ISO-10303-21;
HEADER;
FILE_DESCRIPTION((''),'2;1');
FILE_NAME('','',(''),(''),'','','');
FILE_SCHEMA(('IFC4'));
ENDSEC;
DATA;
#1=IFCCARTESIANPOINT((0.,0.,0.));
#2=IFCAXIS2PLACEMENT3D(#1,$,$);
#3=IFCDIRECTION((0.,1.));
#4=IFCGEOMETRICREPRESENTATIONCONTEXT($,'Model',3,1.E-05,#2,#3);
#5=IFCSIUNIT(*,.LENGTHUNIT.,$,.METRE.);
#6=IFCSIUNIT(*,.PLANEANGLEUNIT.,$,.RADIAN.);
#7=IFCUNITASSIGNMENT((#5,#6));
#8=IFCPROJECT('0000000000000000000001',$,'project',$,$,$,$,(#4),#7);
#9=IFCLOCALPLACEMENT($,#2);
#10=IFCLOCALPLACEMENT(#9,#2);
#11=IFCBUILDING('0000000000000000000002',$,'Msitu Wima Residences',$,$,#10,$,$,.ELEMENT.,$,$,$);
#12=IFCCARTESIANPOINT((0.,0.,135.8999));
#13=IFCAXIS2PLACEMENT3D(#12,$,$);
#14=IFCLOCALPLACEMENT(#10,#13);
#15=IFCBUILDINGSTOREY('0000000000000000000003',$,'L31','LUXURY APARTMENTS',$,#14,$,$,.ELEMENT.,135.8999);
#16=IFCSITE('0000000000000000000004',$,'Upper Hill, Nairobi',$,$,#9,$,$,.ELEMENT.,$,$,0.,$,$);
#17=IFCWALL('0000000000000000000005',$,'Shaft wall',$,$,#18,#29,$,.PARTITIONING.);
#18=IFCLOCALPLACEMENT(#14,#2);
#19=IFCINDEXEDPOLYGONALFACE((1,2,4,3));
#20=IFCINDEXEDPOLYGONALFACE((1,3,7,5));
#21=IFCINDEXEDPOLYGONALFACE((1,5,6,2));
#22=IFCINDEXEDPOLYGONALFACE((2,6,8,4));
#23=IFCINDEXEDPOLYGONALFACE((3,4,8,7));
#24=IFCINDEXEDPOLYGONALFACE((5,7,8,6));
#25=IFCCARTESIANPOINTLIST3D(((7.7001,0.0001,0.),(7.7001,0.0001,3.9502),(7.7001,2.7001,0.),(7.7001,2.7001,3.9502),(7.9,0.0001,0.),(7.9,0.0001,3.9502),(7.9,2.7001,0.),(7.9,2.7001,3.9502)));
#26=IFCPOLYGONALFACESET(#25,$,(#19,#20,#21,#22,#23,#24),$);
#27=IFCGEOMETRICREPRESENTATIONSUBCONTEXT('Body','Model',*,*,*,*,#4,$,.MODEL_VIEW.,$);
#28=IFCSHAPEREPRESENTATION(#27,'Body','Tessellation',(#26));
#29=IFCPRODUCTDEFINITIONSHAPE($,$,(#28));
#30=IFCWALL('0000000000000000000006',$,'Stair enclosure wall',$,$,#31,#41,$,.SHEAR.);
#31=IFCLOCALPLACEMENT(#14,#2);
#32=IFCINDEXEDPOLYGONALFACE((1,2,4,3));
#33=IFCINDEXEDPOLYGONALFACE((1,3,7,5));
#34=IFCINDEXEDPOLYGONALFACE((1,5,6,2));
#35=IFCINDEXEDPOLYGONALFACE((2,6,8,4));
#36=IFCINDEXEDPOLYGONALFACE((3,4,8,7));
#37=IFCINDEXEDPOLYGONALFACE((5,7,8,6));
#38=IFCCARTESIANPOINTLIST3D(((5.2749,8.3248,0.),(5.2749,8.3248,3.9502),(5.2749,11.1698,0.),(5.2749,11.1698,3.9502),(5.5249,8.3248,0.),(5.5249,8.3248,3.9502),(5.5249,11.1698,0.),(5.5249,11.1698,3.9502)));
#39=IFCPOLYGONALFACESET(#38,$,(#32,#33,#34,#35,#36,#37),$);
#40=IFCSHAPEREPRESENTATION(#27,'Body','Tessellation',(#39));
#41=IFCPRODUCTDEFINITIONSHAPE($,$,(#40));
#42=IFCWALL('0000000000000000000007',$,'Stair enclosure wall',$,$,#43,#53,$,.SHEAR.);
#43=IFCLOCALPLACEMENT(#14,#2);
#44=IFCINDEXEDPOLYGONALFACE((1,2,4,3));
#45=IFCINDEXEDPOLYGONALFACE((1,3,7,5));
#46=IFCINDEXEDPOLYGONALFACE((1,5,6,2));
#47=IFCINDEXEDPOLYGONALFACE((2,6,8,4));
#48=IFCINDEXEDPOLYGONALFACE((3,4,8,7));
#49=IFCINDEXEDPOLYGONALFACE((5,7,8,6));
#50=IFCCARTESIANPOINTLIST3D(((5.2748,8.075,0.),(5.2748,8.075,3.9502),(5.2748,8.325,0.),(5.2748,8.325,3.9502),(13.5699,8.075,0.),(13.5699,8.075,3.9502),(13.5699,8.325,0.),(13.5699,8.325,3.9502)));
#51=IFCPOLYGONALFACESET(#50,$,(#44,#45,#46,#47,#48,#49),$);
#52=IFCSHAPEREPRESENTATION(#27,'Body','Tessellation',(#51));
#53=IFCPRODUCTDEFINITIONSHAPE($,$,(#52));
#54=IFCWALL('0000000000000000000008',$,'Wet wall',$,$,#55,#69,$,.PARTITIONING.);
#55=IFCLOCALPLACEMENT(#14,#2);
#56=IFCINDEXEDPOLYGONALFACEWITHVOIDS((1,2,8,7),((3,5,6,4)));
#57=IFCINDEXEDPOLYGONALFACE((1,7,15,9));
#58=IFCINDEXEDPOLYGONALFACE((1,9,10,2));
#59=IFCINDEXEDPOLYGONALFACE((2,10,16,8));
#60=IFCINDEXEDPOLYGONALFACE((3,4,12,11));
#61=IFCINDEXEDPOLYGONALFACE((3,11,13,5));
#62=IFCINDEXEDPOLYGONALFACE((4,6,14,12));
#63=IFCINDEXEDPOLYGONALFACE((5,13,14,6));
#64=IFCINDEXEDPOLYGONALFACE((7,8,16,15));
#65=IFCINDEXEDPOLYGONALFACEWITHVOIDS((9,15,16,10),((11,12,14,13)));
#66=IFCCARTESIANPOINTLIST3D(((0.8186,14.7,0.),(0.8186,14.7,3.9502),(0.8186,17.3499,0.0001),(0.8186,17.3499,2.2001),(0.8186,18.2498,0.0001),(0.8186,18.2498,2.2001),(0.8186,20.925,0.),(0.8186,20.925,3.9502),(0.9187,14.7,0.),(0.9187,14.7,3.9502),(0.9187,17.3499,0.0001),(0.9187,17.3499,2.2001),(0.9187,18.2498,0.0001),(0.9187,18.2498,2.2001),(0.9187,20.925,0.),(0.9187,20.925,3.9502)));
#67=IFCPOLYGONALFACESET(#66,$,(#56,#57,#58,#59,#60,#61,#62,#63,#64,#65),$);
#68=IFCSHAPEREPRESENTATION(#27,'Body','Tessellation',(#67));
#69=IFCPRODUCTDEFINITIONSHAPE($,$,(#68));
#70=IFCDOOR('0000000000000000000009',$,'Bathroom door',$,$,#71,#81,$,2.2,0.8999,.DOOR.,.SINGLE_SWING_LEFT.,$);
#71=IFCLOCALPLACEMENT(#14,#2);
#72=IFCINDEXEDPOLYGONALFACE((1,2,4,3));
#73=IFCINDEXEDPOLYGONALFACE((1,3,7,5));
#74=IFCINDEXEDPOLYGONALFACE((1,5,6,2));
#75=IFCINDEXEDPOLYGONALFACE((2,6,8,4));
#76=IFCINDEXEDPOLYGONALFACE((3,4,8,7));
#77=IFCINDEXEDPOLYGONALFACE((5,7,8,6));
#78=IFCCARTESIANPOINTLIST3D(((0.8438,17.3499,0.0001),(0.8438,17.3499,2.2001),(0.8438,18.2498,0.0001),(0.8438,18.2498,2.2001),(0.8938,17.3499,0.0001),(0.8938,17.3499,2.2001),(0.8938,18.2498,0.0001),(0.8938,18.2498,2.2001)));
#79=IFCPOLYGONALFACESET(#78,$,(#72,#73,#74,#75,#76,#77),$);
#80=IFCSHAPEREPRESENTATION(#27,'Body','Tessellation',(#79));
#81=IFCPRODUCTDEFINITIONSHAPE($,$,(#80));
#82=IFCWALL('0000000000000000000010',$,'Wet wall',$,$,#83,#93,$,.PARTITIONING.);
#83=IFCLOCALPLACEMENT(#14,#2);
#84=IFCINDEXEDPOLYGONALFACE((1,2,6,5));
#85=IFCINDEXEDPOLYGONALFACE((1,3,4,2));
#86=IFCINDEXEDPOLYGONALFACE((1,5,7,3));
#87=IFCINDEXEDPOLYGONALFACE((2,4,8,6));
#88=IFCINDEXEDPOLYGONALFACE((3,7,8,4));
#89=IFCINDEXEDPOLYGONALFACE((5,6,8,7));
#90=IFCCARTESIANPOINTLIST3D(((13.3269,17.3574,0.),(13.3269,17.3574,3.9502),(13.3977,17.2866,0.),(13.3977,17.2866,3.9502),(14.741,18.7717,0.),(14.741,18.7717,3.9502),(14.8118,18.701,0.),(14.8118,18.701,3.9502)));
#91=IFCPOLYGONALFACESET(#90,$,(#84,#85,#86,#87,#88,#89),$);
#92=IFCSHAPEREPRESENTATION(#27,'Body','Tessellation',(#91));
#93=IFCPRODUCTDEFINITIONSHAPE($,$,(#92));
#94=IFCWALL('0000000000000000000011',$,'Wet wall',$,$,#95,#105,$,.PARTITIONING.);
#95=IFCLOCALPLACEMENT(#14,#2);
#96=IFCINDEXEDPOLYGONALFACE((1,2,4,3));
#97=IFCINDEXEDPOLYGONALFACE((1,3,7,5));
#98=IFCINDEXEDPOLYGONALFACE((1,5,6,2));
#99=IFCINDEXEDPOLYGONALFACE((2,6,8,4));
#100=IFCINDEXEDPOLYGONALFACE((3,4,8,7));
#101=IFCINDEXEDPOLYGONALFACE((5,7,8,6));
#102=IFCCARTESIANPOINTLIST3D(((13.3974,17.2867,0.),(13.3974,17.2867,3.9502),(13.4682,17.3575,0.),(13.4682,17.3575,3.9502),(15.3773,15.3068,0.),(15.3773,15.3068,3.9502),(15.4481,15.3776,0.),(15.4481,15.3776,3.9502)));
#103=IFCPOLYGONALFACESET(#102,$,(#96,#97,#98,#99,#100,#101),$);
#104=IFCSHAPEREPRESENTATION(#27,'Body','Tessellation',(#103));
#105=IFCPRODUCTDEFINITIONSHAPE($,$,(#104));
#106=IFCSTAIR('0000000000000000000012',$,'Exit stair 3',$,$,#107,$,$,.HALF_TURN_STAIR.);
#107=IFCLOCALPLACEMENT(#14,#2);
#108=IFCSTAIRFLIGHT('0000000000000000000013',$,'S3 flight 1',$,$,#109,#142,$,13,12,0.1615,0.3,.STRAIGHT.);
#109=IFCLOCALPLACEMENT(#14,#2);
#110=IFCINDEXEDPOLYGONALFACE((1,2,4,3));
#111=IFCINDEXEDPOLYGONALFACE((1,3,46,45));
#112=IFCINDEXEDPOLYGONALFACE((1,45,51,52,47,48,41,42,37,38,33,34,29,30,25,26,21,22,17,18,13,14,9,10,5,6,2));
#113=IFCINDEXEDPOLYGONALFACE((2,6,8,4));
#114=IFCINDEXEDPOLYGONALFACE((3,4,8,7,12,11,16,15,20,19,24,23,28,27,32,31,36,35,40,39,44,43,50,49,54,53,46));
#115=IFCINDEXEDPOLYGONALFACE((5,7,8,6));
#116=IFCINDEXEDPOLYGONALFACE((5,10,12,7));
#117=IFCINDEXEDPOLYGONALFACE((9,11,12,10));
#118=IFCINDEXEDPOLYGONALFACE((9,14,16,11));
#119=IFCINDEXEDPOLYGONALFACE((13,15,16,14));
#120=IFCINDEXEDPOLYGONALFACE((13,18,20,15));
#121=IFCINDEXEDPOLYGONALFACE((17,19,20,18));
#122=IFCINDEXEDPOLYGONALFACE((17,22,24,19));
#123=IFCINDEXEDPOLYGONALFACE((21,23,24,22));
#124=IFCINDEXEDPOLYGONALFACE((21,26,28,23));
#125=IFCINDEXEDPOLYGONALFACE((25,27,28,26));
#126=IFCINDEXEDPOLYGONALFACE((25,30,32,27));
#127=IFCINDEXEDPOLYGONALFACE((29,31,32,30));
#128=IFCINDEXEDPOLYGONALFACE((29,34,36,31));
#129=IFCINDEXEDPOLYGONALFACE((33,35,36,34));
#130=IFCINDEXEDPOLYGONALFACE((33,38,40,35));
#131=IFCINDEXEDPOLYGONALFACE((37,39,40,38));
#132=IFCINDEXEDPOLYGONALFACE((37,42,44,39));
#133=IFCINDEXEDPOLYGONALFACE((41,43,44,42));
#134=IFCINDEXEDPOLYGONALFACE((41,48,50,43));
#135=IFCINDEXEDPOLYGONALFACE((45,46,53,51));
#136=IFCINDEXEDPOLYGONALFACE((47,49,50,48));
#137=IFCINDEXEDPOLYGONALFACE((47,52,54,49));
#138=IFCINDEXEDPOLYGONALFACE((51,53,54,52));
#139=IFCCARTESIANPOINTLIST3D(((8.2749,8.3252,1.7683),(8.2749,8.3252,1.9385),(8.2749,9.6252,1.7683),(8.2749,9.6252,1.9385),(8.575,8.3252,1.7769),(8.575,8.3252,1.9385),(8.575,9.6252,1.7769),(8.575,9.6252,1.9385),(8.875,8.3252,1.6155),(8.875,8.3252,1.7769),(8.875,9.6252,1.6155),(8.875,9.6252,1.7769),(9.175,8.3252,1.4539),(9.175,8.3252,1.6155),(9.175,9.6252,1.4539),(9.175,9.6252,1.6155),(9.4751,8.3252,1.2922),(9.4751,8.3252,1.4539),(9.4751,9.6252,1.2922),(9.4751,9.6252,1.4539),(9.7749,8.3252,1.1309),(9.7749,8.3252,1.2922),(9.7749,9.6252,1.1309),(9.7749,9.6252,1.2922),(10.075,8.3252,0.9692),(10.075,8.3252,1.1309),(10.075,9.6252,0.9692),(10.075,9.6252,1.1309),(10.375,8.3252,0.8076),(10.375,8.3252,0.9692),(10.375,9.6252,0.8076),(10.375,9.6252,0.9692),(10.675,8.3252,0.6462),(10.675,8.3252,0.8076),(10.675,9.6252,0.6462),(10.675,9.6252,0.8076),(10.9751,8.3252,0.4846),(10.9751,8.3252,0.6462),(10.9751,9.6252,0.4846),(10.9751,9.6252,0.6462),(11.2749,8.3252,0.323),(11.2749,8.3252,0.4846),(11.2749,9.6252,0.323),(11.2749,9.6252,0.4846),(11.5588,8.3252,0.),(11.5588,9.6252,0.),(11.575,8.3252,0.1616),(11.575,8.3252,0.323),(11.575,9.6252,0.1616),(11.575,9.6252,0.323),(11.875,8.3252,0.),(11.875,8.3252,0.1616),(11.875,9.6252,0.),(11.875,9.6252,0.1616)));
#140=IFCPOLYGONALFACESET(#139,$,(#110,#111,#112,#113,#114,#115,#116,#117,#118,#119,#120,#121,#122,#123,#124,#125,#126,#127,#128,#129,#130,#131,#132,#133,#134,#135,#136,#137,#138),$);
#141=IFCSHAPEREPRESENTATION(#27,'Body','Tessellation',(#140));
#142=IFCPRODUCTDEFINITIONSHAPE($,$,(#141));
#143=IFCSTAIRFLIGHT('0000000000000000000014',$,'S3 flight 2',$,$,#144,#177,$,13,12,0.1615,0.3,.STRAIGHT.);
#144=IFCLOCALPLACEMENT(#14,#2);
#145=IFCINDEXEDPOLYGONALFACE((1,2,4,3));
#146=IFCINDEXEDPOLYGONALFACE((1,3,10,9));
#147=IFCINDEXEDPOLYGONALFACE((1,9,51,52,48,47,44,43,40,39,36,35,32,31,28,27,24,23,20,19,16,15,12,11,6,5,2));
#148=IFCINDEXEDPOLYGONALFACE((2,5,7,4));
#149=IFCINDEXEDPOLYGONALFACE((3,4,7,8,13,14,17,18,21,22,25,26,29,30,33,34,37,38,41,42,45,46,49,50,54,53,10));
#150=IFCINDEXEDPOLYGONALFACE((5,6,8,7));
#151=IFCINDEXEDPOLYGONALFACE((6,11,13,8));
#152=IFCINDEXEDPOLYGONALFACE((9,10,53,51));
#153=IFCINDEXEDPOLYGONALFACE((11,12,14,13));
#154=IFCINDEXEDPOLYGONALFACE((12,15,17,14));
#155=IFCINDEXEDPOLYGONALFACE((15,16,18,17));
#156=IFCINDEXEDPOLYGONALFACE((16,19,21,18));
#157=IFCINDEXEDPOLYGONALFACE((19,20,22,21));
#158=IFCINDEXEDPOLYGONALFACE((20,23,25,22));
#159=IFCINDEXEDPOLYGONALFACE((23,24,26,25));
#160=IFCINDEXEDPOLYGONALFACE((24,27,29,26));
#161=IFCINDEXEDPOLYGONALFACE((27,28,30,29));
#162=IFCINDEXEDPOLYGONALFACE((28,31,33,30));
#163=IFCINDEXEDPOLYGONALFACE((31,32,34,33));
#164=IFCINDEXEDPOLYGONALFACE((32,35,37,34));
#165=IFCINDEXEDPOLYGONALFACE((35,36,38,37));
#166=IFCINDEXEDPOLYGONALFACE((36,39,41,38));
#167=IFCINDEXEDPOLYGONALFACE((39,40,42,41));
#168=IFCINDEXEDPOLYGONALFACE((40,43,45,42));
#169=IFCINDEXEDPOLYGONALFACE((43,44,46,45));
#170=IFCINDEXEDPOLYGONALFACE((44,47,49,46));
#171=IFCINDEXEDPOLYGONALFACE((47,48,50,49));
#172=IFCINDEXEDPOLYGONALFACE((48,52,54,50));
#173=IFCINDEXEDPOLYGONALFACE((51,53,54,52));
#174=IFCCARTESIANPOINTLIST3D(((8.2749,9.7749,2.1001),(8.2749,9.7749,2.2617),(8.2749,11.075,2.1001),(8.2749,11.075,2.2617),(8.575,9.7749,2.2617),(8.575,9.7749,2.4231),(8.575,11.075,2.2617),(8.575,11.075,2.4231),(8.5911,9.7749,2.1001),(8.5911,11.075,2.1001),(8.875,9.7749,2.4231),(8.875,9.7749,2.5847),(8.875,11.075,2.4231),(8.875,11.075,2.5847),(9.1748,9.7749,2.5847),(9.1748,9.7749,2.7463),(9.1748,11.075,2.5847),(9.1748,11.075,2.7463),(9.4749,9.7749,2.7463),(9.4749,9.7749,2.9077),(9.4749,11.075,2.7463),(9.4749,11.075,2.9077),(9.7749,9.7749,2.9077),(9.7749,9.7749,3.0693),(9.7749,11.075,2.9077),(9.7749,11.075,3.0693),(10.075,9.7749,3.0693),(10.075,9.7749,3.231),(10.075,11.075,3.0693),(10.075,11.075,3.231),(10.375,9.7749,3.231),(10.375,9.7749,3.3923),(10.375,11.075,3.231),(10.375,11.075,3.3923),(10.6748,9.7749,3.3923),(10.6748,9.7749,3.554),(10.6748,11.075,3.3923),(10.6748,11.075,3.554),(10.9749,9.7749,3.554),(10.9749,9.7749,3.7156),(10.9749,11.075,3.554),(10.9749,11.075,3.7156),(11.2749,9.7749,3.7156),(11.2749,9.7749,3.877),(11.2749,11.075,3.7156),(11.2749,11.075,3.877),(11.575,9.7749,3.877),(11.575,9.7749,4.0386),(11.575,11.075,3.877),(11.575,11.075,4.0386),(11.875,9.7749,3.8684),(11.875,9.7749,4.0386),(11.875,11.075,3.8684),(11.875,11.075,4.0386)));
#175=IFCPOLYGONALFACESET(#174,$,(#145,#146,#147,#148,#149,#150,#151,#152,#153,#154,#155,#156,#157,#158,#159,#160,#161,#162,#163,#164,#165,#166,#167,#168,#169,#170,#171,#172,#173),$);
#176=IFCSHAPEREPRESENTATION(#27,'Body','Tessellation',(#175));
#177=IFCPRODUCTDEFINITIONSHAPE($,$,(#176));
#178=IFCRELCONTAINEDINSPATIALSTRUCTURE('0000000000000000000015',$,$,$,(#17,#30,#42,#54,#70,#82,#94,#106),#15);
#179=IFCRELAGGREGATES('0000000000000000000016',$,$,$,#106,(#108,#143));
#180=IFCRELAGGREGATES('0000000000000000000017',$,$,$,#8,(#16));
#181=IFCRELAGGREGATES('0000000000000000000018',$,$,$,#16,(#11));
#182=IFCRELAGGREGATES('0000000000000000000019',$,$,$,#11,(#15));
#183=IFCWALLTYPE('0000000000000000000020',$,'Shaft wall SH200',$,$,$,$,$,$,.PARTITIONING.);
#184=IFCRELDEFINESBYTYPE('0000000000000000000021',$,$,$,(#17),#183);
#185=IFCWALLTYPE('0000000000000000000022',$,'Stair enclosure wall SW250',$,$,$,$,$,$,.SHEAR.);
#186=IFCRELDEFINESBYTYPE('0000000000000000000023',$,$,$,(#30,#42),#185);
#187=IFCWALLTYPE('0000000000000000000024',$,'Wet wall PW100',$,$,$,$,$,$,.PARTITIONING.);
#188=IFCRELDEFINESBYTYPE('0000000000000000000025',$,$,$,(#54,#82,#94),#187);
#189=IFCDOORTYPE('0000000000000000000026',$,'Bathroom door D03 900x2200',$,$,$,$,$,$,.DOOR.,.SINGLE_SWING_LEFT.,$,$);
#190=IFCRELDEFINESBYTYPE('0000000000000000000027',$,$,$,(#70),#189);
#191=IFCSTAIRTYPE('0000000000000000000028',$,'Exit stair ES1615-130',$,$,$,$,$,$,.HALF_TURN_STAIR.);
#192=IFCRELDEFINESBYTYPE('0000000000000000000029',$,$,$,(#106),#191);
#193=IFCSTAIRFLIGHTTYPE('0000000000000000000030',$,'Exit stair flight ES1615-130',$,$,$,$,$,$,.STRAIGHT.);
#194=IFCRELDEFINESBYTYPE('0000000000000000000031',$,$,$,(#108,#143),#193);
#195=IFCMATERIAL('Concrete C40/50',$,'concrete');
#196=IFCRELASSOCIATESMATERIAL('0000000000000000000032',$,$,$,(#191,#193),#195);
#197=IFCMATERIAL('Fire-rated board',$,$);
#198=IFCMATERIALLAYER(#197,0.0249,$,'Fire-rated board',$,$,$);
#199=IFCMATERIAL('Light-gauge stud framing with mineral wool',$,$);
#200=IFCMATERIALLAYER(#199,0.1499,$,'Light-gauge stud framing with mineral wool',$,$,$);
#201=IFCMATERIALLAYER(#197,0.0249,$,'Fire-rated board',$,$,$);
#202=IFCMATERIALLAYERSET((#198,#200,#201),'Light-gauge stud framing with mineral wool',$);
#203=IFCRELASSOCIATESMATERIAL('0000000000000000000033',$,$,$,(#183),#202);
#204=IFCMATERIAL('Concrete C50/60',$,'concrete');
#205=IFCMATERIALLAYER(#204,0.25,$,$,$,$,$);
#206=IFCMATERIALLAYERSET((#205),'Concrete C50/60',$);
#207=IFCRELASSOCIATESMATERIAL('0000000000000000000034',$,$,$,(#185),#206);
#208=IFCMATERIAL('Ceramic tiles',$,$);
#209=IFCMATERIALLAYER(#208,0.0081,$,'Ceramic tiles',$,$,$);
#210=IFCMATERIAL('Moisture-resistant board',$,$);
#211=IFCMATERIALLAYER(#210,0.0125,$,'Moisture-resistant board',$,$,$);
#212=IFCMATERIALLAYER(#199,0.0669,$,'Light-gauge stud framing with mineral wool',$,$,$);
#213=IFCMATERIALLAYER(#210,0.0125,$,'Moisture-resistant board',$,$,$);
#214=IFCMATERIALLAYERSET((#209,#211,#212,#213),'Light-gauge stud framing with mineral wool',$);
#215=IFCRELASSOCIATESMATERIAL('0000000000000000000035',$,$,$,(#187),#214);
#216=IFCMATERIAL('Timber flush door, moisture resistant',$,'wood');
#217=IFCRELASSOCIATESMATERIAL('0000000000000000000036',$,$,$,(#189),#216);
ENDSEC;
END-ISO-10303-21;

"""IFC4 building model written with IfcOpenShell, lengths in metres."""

from ifc_helpers import new_model, si_unit, direction, frame, frame_2d, origin, place, context, subcontext, project, spatial, polyline, rectangle, outline, extrude, material, layer, layer_set, type_object, element, fill, aggregate, save


model = new_model("IFC4")

# Units and contexts
model_context = context("Model", 3, precision=1e-05, world=origin(), true_north=direction((0.0, 1.0)))
body_context = subcontext(model_context, "Body", "Model", "MODEL_VIEW")
ifc_project = project(units=[si_unit("LENGTHUNIT", "METRE"), si_unit("PLANEANGLEUNIT", "RADIAN")], contexts=[model_context])

# Site, building, storey
site_placement = place(None, origin())
site = spatial("IfcSite", under=ifc_project, at=site_placement, Name="Upper Hill, Nairobi", CompositionType="ELEMENT", RefElevation=0.0)
building_placement = place(site_placement, origin())
building = spatial("IfcBuilding", under=site, at=building_placement, Name="Msitu Wima Residences", CompositionType="ELEMENT")
storey_placement = place(building_placement, frame((0.0, 0.0, 135.8999)))
storey = spatial("IfcBuildingStorey", under=building, at=storey_placement, Name="L31", Description="LUXURY APARTMENTS", CompositionType="ELEMENT", Elevation=135.8999)

# Shared definitions
ifc_material_1 = material(Name="Concrete C40/50", Category="concrete")

# Shared definitions
stair_type = type_object("IfcStairType", Name="Exit stair ES1615-130", PredefinedType="HALF_TURN_STAIR", material=ifc_material_1)

# Walls
ifc_material_2 = material(Name="Fire-rated board")
ifc_layer_1 = layer(ifc_material_2, 0.0249, Name="Fire-rated board")
ifc_material_3 = material(Name="Light-gauge stud framing with mineral wool")
ifc_layer_2 = layer(ifc_material_3, 0.1499, Name="Light-gauge stud framing with mineral wool")
ifc_layer_3 = layer(ifc_material_2, 0.0249, Name="Fire-rated board")
ifc_layer_set_1 = layer_set([ifc_layer_1, ifc_layer_2, ifc_layer_3], Name="Light-gauge stud framing with mineral wool")
wall_type_1 = type_object("IfcWallType", Name="Shaft wall SH200", PredefinedType="PARTITIONING", material=ifc_layer_set_1)
wall_1_placement = place(storey_placement, frame((7.8, 0.0, 0.0), z_axis=(0.0, 0.0, 1.0), x_axis=(0.0, 1.0, 0.0)))
element("IfcWall", 1, at=wall_1_placement, inside=storey, type_object=wall_type_1, Name="Shaft wall", PredefinedType="PARTITIONING", context=body_context, shape_type="SweptSolid", body=[
    extrude(rectangle(XDim=2.7, YDim=0.2, at=frame_2d((1.3501, 0.0))), origin(), (0.0, 0.0, 1.0), 3.9502),
])
ifc_material_4 = material(Name="Concrete C50/60", Category="concrete")
ifc_layer_4 = layer(ifc_material_4, 0.25)
ifc_layer_set_2 = layer_set([ifc_layer_4], Name="Concrete C50/60")
wall_type_2 = type_object("IfcWallType", Name="Stair enclosure wall SW250", PredefinedType="SHEAR", material=ifc_layer_set_2)
wall_2_placement = place(storey_placement, frame((5.3999, 8.325, 0.0), z_axis=(0.0, 0.0, 1.0), x_axis=(0.0, 1.0, 0.0)))
element("IfcWall", 2, at=wall_2_placement, inside=storey, type_object=wall_type_2, Name="Stair enclosure wall", PredefinedType="SHEAR", context=body_context, shape_type="SweptSolid", body=[
    extrude(rectangle(XDim=2.845, YDim=0.25, at=frame_2d((1.4224, 0.0))), origin(), (0.0, 0.0, 1.0), 3.9502),
])
wall_3_placement = place(storey_placement, frame((5.2749, 8.2, 0.0), z_axis=(0.0, 0.0, 1.0), x_axis=(1.0, 0.0, 0.0)))
element("IfcWall", 3, at=wall_3_placement, inside=storey, type_object=wall_type_2, Name="Stair enclosure wall", PredefinedType="SHEAR", context=body_context, shape_type="SweptSolid", body=[
    extrude(rectangle(XDim=8.2952, YDim=0.25, at=frame_2d((4.1475, 0.0))), origin(), (0.0, 0.0, 1.0), 3.9502),
])

# Wall, opening, door
ifc_material_5 = material(Name="Ceramic tiles")
ifc_layer_5 = layer(ifc_material_5, 0.0081, Name="Ceramic tiles")
ifc_material_6 = material(Name="Moisture-resistant board")
ifc_layer_6 = layer(ifc_material_6, 0.0125, Name="Moisture-resistant board")
ifc_layer_7 = layer(ifc_material_3, 0.0669, Name="Light-gauge stud framing with mineral wool")
ifc_layer_8 = layer(ifc_material_6, 0.0125, Name="Moisture-resistant board")
ifc_layer_set_3 = layer_set([ifc_layer_5, ifc_layer_6, ifc_layer_7, ifc_layer_8], Name="Light-gauge stud framing with mineral wool")
wall_type_3 = type_object("IfcWallType", Name="Wet wall PW100", PredefinedType="PARTITIONING", material=ifc_layer_set_3)
wall_4_placement = place(storey_placement, frame((0.8687, 14.7, 0.0), z_axis=(0.0, 0.0, 1.0), x_axis=(0.0, 1.0, 0.0)))
wall_4 = element("IfcWall", 4, at=wall_4_placement, inside=storey, type_object=wall_type_3, Name="Wet wall", PredefinedType="PARTITIONING", context=body_context, shape_type="SweptSolid", body=[
    extrude(rectangle(XDim=6.2251, YDim=0.1001, at=frame_2d((3.1125, 0.0))), origin(), (0.0, 0.0, 1.0), 3.9502),
])
opening_1_placement = place(wall_4_placement, frame((2.6499, 0.0, 0.0)))
opening_1 = element("IfcOpeningElement", 5, at=opening_1_placement, cuts=wall_4, PredefinedType="OPENING", context=body_context, shape_type="SweptSolid", body=[
    extrude(rectangle(XDim=0.8999, YDim=2.2, at=frame_2d((0.45, 1.1001))), frame((0.0, 0.0601, 0.0), z_axis=(0.0, -1.0, 0.0), x_axis=(1.0, 0.0, 0.0)), (0.0, 0.0, 1.0), 0.1201),
])
ifc_material_7 = material(Name="Timber flush door, moisture resistant", Category="wood")
door_type_1 = type_object("IfcDoorType", Name="Bathroom door D03 900x2200", OperationType="SINGLE_SWING_LEFT", PredefinedType="DOOR", material=ifc_material_7)
door_1_placement = place(opening_1_placement, origin())
door_1 = element("IfcDoor", 6, at=door_1_placement, inside=storey, type_object=door_type_1, Name="Bathroom door", OperationType="SINGLE_SWING_LEFT", OverallHeight=2.2, OverallWidth=0.8999, PredefinedType="DOOR", context=body_context, shape_type="SweptSolid", body=[
    extrude(rectangle(XDim=0.8999, YDim=2.2, at=frame_2d((0.45, 1.1001))), frame((0.0, 0.0249, 0.0), z_axis=(0.0, -1.0, 0.0), x_axis=(1.0, 0.0, 0.0)), (0.0, 0.0, 1.0), 0.05),
])
fill(opening_1, door_1)

# Walls
wall_5_placement = place(storey_placement, frame((13.3623, 17.322, 0.0), z_axis=(0.0, 0.0, 1.0), x_axis=(0.707046, 0.707168, 0.0)))
element("IfcWall", 7, at=wall_5_placement, inside=storey, type_object=wall_type_3, Name="Wet wall", PredefinedType="PARTITIONING", context=body_context, shape_type="SweptSolid", body=[
    extrude(rectangle(XDim=2.0, YDim=0.1001, at=frame_2d((1.0, 0.0))), origin(), (0.0, 0.0, 1.0), 3.9502),
])
wall_6_placement = place(storey_placement, frame((13.4329, 17.322, 0.0), z_axis=(0.0, 0.0, 1.0), x_axis=(0.707107, -0.707107, 0.0)))
element("IfcWall", 8, at=wall_6_placement, inside=storey, type_object=wall_type_3, Name="Wet wall", PredefinedType="PARTITIONING", context=body_context, shape_type="SweptSolid", body=[
    extrude(rectangle(XDim=2.8, YDim=0.1001, at=frame_2d((1.3999, 0.0))), origin(), (0.0, 0.0, 1.0), 3.9502),
])

# Stair, stair flights
stair_1_placement = place(storey_placement, origin())
stair_1 = element("IfcStair", 9, at=stair_1_placement, inside=storey, type_object=stair_type, Name="Exit stair 3", PredefinedType="HALF_TURN_STAIR")
stair_flight_type = type_object("IfcStairFlightType", Name="Exit stair flight ES1615-130", PredefinedType="STRAIGHT", material=ifc_material_1)
stair_flight_1_placement = place(storey_placement, frame((11.875, 8.9751, 0.0), z_axis=(0.0, 0.0, 1.0), x_axis=(-1.0, 0.0, 0.0)))
stair_flight_1 = element("IfcStairFlight", 10, at=stair_flight_1_placement, type_object=stair_flight_type, Name="S3 flight 1", NumberOfRisers=13, NumberOfTreads=12, PredefinedType="STRAIGHT", RiserHeight=0.1615, TreadLength=0.3, context=body_context, shape_type="SweptSolid", body=[
    extrude(outline(polyline([(0.0, 0.0), (0.0, 0.1616), (0.3, 0.1616), (0.3, 0.323), (0.6001, 0.323), (0.6001, 0.4846), (0.8999, 0.4846), (0.8999, 0.6462), (1.2, 0.6462), (1.2, 0.8076), (1.5, 0.8076), (1.5, 0.9692), (1.8, 0.9692), (1.8, 1.1309), (2.1001, 1.1309), (2.1001, 1.2922), (2.3999, 1.2922), (2.3999, 1.4539), (2.7, 1.4539), (2.7, 1.6155), (3.0, 1.6155), (3.0, 1.7769), (3.3, 1.7769), (3.3, 1.9385), (3.6001, 1.9385), (3.6001, 2.1001), (3.6001, 1.7683), (0.3162, 0.0), (0.0, 0.0)])), frame((0.0, 0.6499, 0.0), z_axis=(0.0, -1.0, 0.0), x_axis=(1.0, 0.0, 0.0)), (0.0, 0.0, 1.0), 1.3),
])
stair_flight_2_placement = place(storey_placement, frame((8.2749, 10.425, 2.1001), z_axis=(0.0, 0.0, 1.0), x_axis=(1.0, 0.0, 0.0)))
stair_flight_2 = element("IfcStairFlight", 11, at=stair_flight_2_placement, type_object=stair_flight_type, Name="S3 flight 2", NumberOfRisers=13, NumberOfTreads=12, PredefinedType="STRAIGHT", RiserHeight=0.1615, TreadLength=0.3, context=body_context, shape_type="SweptSolid", body=[
    extrude(outline(polyline([(0.0, 0.0), (0.0, 0.1616), (0.3, 0.1616), (0.3, 0.323), (0.6001, 0.323), (0.6001, 0.4846), (0.8999, 0.4846), (0.8999, 0.6462), (1.2, 0.6462), (1.2, 0.8076), (1.5, 0.8076), (1.5, 0.9692), (1.8, 0.9692), (1.8, 1.1309), (2.1001, 1.1309), (2.1001, 1.2922), (2.3999, 1.2922), (2.3999, 1.4539), (2.7, 1.4539), (2.7, 1.6155), (3.0, 1.6155), (3.0, 1.7769), (3.3, 1.7769), (3.3, 1.9385), (3.6001, 1.9385), (3.6001, 2.1001), (3.6001, 1.7683), (0.3162, 0.0), (0.0, 0.0)])), frame((0.0, 0.6499, 0.0), z_axis=(0.0, -1.0, 0.0), x_axis=(1.0, 0.0, 0.0)), (0.0, 0.0, 1.0), 1.3),
])
aggregate(stair_1, [stair_flight_1, stair_flight_2])

save(model, "model.ifc")
